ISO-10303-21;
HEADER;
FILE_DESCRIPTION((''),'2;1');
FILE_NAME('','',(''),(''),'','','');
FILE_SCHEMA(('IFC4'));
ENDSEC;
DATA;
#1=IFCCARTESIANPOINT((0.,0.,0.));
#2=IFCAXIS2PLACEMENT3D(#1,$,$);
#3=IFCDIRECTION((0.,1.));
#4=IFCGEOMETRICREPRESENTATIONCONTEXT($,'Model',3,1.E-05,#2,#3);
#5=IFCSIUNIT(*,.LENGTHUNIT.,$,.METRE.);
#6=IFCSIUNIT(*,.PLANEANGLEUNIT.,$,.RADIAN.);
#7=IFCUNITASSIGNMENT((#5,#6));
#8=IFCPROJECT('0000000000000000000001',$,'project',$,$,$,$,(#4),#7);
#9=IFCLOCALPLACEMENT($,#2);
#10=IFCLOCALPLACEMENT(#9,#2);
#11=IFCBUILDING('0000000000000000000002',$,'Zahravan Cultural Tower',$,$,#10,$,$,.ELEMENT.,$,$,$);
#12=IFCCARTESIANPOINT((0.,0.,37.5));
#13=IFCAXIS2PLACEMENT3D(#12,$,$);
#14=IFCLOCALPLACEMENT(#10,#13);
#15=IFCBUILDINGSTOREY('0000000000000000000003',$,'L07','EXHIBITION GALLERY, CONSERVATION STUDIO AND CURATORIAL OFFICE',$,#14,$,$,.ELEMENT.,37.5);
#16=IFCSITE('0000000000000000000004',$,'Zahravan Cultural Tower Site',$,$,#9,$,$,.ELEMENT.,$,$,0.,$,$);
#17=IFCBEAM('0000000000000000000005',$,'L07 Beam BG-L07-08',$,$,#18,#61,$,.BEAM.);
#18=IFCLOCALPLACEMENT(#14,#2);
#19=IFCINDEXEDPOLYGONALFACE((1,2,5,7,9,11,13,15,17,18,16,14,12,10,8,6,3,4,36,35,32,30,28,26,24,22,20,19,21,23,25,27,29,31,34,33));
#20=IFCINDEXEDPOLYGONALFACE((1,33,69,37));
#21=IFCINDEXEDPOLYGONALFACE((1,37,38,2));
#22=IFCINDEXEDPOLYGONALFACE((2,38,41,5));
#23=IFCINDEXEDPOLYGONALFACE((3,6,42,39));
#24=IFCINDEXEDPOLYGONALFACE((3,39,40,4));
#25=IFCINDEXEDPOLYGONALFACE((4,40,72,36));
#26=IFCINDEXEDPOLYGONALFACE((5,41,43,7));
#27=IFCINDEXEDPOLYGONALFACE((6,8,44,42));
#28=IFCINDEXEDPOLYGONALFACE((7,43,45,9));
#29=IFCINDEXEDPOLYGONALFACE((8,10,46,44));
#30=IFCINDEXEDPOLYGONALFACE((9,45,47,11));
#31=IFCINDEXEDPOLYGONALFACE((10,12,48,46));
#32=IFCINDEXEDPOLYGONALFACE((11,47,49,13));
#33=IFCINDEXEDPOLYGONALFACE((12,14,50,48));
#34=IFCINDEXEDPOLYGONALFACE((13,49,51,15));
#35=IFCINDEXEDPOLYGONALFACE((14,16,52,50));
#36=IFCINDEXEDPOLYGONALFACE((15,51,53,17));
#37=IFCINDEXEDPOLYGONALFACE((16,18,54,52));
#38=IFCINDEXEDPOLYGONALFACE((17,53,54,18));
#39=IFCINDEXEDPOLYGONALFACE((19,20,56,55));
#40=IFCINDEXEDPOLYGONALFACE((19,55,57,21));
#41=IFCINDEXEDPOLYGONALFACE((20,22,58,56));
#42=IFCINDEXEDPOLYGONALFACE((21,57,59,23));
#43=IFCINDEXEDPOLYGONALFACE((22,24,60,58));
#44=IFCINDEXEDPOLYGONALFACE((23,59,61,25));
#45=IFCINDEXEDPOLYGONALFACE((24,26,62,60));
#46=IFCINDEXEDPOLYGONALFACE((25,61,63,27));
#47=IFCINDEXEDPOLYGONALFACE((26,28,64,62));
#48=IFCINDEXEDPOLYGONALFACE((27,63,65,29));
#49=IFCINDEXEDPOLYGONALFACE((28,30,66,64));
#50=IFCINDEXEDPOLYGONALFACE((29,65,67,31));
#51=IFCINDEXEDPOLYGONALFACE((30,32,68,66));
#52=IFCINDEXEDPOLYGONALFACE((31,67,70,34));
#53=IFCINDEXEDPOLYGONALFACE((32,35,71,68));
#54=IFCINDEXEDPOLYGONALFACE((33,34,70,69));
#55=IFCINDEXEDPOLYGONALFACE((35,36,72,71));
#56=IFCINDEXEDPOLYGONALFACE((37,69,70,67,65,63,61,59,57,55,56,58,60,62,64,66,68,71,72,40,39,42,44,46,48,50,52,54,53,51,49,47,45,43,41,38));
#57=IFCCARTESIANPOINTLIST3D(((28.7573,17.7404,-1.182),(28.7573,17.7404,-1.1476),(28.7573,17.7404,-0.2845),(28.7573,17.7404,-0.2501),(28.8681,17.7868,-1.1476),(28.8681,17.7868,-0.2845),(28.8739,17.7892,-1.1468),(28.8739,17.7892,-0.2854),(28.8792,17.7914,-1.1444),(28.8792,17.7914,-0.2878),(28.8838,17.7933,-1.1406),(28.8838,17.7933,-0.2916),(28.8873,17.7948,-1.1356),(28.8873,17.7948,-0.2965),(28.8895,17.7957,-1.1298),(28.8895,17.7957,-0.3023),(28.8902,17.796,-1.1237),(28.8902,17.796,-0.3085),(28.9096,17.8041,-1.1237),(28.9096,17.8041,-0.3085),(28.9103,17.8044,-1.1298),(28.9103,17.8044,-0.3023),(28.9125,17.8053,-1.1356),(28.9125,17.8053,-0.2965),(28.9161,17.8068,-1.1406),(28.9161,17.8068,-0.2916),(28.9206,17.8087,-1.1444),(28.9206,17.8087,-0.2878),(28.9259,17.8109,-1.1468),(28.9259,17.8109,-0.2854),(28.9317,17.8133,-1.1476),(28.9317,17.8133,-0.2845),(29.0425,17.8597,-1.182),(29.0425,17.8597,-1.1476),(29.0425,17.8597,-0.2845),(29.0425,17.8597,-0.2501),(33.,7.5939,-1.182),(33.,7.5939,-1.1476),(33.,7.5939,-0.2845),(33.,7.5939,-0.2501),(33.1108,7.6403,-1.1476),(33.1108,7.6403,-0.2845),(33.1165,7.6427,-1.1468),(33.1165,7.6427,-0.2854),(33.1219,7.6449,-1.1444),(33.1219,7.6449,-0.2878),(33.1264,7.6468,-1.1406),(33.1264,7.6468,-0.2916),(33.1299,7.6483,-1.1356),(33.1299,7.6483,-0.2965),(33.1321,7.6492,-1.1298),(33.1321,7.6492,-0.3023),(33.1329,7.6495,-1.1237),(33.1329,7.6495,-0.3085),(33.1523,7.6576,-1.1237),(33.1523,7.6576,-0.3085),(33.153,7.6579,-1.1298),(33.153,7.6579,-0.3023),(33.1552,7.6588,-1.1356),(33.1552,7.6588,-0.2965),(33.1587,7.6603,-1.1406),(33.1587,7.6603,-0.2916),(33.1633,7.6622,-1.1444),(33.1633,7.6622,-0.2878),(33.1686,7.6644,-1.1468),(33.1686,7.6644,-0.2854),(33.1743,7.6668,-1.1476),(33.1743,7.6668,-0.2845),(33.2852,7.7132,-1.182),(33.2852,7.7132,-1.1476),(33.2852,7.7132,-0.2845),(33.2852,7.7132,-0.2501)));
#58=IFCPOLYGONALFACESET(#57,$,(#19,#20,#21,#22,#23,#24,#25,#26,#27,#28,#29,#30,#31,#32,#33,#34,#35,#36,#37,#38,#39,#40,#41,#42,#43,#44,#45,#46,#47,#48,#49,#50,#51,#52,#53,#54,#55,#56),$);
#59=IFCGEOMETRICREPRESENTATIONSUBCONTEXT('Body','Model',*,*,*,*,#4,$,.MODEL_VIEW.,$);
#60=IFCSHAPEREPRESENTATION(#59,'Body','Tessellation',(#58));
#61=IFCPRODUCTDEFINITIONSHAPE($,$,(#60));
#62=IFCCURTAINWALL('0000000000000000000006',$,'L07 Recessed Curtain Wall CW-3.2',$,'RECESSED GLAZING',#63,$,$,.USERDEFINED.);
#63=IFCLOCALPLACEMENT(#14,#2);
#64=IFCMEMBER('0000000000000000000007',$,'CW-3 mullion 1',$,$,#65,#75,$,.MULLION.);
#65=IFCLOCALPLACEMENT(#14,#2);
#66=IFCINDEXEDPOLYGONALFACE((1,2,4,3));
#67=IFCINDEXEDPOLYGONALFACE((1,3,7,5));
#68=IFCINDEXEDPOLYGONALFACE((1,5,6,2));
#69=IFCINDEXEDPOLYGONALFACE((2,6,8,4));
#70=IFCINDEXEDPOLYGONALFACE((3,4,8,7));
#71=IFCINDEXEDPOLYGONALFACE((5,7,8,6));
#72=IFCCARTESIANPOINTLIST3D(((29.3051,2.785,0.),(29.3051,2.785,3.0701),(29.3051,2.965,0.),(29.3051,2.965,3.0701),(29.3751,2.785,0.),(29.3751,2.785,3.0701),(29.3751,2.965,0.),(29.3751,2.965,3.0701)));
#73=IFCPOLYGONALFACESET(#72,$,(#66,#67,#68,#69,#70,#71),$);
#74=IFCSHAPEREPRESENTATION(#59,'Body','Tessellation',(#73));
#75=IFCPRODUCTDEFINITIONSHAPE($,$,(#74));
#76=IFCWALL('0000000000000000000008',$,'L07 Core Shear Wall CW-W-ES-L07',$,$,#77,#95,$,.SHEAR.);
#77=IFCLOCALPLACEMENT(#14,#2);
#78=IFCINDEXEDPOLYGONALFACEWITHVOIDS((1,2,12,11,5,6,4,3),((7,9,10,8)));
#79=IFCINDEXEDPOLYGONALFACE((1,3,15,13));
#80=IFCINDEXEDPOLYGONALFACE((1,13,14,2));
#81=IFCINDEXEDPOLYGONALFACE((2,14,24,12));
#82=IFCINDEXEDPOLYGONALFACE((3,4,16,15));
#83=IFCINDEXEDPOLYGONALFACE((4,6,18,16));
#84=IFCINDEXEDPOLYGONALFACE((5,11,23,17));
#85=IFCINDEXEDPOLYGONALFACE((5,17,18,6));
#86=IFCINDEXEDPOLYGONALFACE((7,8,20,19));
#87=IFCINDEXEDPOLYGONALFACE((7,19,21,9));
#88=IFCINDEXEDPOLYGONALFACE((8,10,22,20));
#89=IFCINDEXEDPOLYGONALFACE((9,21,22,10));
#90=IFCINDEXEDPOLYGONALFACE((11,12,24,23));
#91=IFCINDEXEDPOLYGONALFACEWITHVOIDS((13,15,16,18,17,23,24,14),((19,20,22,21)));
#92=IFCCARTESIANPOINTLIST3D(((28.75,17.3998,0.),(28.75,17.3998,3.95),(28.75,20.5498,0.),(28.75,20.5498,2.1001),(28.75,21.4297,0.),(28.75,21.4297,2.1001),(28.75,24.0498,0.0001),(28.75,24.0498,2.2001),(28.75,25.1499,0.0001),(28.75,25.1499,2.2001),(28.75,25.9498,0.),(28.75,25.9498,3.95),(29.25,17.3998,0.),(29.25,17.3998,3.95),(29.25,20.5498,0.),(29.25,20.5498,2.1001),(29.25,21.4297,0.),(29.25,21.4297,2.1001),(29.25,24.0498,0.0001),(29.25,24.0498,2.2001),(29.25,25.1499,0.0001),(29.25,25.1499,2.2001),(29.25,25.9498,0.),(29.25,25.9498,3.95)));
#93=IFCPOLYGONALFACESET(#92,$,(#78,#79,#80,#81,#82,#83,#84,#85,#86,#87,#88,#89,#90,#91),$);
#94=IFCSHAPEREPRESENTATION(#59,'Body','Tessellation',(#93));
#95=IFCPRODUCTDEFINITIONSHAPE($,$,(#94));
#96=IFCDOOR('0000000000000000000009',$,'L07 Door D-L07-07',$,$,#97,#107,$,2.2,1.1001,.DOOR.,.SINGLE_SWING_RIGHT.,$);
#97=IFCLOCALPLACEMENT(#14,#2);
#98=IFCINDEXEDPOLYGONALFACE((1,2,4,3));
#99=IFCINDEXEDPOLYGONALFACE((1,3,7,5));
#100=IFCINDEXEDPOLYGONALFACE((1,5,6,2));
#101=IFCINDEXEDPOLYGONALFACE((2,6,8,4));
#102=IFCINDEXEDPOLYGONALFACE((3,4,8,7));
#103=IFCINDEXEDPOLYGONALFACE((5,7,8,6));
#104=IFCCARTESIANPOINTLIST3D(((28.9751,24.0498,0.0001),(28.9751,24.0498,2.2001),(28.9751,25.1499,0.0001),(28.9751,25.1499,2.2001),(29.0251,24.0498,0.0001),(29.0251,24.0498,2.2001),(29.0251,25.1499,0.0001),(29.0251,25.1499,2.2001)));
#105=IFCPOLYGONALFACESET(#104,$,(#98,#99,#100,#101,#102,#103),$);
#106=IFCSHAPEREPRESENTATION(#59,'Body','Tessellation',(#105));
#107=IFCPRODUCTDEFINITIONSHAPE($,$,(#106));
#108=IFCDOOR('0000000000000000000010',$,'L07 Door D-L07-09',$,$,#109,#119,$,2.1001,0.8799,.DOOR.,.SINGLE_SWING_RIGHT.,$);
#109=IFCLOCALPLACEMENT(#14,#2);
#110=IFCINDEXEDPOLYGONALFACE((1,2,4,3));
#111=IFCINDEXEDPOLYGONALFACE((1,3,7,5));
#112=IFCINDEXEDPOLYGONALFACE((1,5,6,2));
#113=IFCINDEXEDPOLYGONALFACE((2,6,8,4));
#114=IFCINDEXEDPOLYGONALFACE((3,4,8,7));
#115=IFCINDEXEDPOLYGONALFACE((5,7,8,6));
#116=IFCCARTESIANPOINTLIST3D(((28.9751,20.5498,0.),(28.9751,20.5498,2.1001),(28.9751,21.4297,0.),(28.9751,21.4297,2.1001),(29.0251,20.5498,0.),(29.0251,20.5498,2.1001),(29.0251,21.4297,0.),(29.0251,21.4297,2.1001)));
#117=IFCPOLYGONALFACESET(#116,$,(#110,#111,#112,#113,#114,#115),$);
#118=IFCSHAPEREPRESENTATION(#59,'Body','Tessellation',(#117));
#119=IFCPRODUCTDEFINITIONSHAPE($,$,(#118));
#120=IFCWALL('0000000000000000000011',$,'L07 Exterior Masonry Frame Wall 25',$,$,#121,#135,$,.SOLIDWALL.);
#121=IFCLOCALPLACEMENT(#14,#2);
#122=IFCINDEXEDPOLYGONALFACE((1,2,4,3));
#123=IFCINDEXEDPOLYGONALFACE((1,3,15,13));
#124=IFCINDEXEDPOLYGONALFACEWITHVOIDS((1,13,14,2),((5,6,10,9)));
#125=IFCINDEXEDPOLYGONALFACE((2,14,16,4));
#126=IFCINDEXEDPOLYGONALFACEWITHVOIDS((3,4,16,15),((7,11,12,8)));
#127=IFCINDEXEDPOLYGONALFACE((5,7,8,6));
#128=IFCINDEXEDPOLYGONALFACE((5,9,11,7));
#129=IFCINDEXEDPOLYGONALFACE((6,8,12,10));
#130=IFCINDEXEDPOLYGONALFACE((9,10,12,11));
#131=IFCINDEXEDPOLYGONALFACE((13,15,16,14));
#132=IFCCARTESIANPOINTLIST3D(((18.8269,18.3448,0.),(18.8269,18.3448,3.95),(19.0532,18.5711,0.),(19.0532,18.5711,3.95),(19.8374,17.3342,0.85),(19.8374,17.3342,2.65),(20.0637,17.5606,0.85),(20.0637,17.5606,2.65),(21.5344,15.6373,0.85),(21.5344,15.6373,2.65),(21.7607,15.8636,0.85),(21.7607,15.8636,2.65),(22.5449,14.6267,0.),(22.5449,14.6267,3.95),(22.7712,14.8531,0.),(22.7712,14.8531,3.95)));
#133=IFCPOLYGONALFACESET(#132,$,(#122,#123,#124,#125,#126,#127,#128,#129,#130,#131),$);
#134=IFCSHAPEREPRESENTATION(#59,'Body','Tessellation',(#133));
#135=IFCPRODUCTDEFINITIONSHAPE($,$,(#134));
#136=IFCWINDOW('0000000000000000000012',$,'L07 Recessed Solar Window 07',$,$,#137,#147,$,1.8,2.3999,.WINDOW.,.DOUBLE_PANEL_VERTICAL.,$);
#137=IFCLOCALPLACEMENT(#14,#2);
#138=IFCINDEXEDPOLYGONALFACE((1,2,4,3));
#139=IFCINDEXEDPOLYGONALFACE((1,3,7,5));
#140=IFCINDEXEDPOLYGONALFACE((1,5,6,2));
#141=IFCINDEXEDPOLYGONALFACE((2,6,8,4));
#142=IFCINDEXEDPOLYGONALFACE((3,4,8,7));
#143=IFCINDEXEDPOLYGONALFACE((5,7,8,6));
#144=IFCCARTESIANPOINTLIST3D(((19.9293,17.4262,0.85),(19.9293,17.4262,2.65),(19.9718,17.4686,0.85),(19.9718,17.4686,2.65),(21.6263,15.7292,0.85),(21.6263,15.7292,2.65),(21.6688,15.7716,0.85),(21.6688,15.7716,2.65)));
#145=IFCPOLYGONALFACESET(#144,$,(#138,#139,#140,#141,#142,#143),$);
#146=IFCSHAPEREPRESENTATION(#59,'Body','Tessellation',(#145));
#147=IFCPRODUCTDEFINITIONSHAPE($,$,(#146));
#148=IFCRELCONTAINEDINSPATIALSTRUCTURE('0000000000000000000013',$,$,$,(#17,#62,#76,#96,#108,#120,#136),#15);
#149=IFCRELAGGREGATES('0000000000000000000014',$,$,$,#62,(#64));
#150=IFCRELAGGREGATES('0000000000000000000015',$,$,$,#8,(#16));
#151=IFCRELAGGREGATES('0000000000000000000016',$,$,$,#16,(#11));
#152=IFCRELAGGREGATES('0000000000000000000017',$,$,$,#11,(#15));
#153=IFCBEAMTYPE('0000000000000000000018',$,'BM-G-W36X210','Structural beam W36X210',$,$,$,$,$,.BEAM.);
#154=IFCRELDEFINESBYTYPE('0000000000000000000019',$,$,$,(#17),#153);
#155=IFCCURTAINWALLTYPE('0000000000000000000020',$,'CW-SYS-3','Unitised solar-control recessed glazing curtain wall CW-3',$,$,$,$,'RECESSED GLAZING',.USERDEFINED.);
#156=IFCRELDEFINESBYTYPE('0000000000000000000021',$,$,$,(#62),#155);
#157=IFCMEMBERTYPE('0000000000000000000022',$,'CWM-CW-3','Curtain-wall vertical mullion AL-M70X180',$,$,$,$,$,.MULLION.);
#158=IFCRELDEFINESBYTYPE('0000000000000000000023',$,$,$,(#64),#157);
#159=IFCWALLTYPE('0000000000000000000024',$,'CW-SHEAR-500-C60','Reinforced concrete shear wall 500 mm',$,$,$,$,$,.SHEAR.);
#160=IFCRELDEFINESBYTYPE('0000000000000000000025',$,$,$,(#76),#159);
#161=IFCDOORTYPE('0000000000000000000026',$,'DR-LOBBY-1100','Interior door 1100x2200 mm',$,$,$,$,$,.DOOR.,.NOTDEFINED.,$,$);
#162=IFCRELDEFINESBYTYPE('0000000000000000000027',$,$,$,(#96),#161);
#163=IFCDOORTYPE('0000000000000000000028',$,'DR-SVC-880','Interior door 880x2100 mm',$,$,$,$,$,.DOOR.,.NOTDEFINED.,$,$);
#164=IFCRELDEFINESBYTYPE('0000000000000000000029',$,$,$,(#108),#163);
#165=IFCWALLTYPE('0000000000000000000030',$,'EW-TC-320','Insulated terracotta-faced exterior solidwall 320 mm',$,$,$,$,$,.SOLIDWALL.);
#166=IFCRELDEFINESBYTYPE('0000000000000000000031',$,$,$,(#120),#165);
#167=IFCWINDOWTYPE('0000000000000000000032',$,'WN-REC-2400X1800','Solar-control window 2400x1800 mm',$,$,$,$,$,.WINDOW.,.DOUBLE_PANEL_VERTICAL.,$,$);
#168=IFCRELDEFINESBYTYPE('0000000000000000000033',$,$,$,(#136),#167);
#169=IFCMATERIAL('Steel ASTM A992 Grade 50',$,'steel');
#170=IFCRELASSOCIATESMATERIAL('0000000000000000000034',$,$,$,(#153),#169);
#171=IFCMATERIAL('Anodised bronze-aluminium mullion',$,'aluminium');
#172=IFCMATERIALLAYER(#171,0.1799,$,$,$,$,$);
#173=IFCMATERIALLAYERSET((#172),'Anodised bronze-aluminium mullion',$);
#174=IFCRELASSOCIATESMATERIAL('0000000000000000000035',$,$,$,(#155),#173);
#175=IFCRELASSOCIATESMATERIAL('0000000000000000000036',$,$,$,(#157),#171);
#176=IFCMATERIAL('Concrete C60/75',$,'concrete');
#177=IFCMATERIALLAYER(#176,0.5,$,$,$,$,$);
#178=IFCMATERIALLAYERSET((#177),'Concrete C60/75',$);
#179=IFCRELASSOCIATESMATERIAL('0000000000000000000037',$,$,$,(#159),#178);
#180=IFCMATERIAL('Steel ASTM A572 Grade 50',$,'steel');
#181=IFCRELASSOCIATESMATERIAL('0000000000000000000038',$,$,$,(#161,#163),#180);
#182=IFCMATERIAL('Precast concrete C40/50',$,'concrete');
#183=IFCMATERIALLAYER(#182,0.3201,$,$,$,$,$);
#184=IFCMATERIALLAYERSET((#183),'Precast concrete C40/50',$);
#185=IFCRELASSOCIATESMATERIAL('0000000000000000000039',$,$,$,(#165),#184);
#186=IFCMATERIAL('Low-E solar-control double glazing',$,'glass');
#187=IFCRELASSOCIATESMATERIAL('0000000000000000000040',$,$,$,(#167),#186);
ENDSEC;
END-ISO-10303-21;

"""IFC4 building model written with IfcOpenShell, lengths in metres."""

from ifc_helpers import new_model, si_unit, direction, frame, frame_2d, origin, origin_2d, place, context, subcontext, project, spatial, rectangle, i_section, extrude, source, transform, mapped, material, layer, layer_set, material_profile, profile_set, type_object, element, fill, aggregate, save


model = new_model("IFC4")

# Units and contexts
model_context = context("Model", 3, precision=1e-05, world=origin(), true_north=direction((0.0, 1.0)))
body_context = subcontext(model_context, "Body", "Model", "MODEL_VIEW")
ifc_project = project(units=[si_unit("LENGTHUNIT", "METRE"), si_unit("PLANEANGLEUNIT", "RADIAN")], contexts=[model_context])

# Site, building, storey
site_placement = place(None, origin())
site = spatial("IfcSite", under=ifc_project, at=site_placement, Name="Zahravan Cultural Tower Site", CompositionType="ELEMENT", RefElevation=0.0)
building_placement = place(site_placement, origin())
building = spatial("IfcBuilding", under=site, at=building_placement, Name="Zahravan Cultural Tower", CompositionType="ELEMENT")
storey_placement = place(building_placement, frame((0.0, 0.0, 37.5)))
storey = spatial("IfcBuildingStorey", under=building, at=storey_placement, Name="L07", Description="EXHIBITION GALLERY, CONSERVATION STUDIO AND CURATORIAL OFFICE", CompositionType="ELEMENT", Elevation=37.5)

# Shared definitions
ifc_material_1 = material(Name="Concrete C60/75", Category="concrete")

# Beam
ifc_material_2 = material(Name="Steel ASTM A992 Grade 50", Category="steel")
ifc_material_profile_1 = material_profile(ifc_material_2, i_section(OverallWidth=0.3091, OverallDepth=0.9319, WebThickness=0.021, FlangeThickness=0.0344, FilletRadius=0.0239, at=origin_2d()), Name="W36X210")
ifc_profile_set_1 = profile_set([ifc_material_profile_1], Name="Steel ASTM A992 Grade 50")
beam_type_1 = type_object("IfcBeamType", Name="BM-G-W36X210", Description="Structural beam W36X210", PredefinedType="BEAM", material=ifc_profile_set_1)
shared_shape_1 = source(origin(), body_context, "Body", "SweptSolid", [
    extrude(i_section(OverallWidth=0.3091, OverallDepth=0.9319, WebThickness=0.021, FlangeThickness=0.0344, FilletRadius=0.0239, at=origin_2d()), origin(), (0.0, 0.0, 1.0), 10.9978),
])
beam_1_placement = place(storey_placement, frame((28.8999, 17.8, -0.7161), z_axis=(0.385775, -0.922593, 0.0), x_axis=(0.922593, 0.385775, 0.0)))
element("IfcBeam", 1, at=beam_1_placement, inside=storey, type_object=beam_type_1, Name="L07 Beam BG-L07-08", PredefinedType="BEAM", context=body_context, shape_type="MappedRepresentation", body=[
    mapped(shared_shape_1, transform((0.0, 0.0, 0.0), x_axis=(1.0, 0.0, 0.0), y_axis=(0.0, 1.0, 0.0), z_axis=(0.0, 0.0, 1.0), scale=1.0)),
])

# Curtain wall, member
ifc_material_3 = material(Name="Anodised bronze-aluminium mullion", Category="aluminium")
ifc_layer_1 = layer(ifc_material_3, 0.1799)
ifc_layer_set_1 = layer_set([ifc_layer_1], Name="Anodised bronze-aluminium mullion")
curtain_wall_type = type_object("IfcCurtainWallType", Name="CW-SYS-3", Description="Unitised solar-control recessed glazing curtain wall CW-3", ElementType="RECESSED GLAZING", PredefinedType="USERDEFINED", material=ifc_layer_set_1)
curtain_wall_placement = place(storey_placement, origin())
curtain_wall = element("IfcCurtainWall", 2, at=curtain_wall_placement, inside=storey, type_object=curtain_wall_type, Name="L07 Recessed Curtain Wall CW-3.2", ObjectType="RECESSED GLAZING", PredefinedType="USERDEFINED")
ifc_material_profile_2 = material_profile(ifc_material_3, rectangle(XDim=0.0701, YDim=0.1799, at=origin_2d()), Name="AL-M70X180")
ifc_profile_set_2 = profile_set([ifc_material_profile_2], Name="Anodised bronze-aluminium mullion")
member_type = type_object("IfcMemberType", Name="CWM-CW-3", Description="Curtain-wall vertical mullion AL-M70X180", PredefinedType="MULLION", material=ifc_profile_set_2)
shared_shape_2 = source(origin(), body_context, "Body", "SweptSolid", [
    extrude(rectangle(XDim=0.0701, YDim=0.1799, at=origin_2d()), origin(), (0.0, 0.0, 1.0), 3.0701),
])
member_placement = place(storey_placement, frame((29.3401, 2.875, 0.0), z_axis=(0.0, 0.0, 1.0), x_axis=(-1.0, 0.0, 0.0)))
member = element("IfcMember", 3, at=member_placement, type_object=member_type, Name="CW-3 mullion 1", PredefinedType="MULLION", context=body_context, shape_type="MappedRepresentation", body=[
    mapped(shared_shape_2, transform((0.0, 0.0, 0.0), x_axis=(1.0, 0.0, 0.0), y_axis=(0.0, 1.0, 0.0), z_axis=(0.0, 0.0, 1.0), scale=1.0)),
])
aggregate(curtain_wall, [member])

# Wall, openings, doors
ifc_layer_2 = layer(ifc_material_1, 0.5)
ifc_layer_set_2 = layer_set([ifc_layer_2], Name="Concrete C60/75")
wall_type_1 = type_object("IfcWallType", Name="CW-SHEAR-500-C60", Description="Reinforced concrete shear wall 500 mm", PredefinedType="SHEAR", material=ifc_layer_set_2)
wall_1_placement = place(storey_placement, frame((29.0, 17.3999, 0.0), z_axis=(0.0, 0.0, 1.0), x_axis=(0.0, 1.0, 0.0)))
wall_1 = element("IfcWall", 4, at=wall_1_placement, inside=storey, type_object=wall_type_1, Name="L07 Core Shear Wall CW-W-ES-L07", PredefinedType="SHEAR", context=body_context, shape_type="SweptSolid", body=[
    extrude(rectangle(XDim=8.55, YDim=0.5, at=frame_2d((4.2749, 0.0))), origin(), (0.0, 0.0, 1.0), 3.95),
])
opening_1_placement = place(wall_1_placement, frame((6.6499, 0.0, 0.0)))
opening_1 = element("IfcOpeningElement", 5, at=opening_1_placement, cuts=wall_1, PredefinedType="OPENING", context=body_context, shape_type="SweptSolid", body=[
    extrude(rectangle(XDim=1.1001, YDim=2.2, at=frame_2d((0.55, 1.1001))), frame((0.0, 0.26, 0.0), z_axis=(0.0, -1.0, 0.0), x_axis=(1.0, 0.0, 0.0)), (0.0, 0.0, 1.0), 0.52),
])
opening_2_placement = place(wall_1_placement, frame((3.1499, 0.0, 0.0)))
opening_2 = element("IfcOpeningElement", 6, at=opening_2_placement, cuts=wall_1, PredefinedType="OPENING", context=body_context, shape_type="SweptSolid", body=[
    extrude(rectangle(XDim=0.8799, YDim=2.1001, at=frame_2d((0.4399, 1.05))), frame((0.0, 0.26, 0.0), z_axis=(0.0, -1.0, 0.0), x_axis=(1.0, 0.0, 0.0)), (0.0, 0.0, 1.0), 0.52),
])
ifc_material_4 = material(Name="Steel ASTM A572 Grade 50", Category="steel")
door_type_1 = type_object("IfcDoorType", Name="DR-LOBBY-1100", Description="Interior door 1100x2200 mm", OperationType="NOTDEFINED", PredefinedType="DOOR", material=ifc_material_4)
shared_shape_3 = source(origin(), body_context, "Body", "SweptSolid", [
    extrude(rectangle(XDim=1.1001, YDim=2.2, at=frame_2d((0.55, 1.1001))), frame((0.0, 0.0249, 0.0), z_axis=(0.0, -1.0, 0.0), x_axis=(1.0, 0.0, 0.0)), (0.0, 0.0, 1.0), 0.05),
])
door_1_placement = place(opening_1_placement, origin())
door_1 = element("IfcDoor", 7, at=door_1_placement, inside=storey, type_object=door_type_1, Name="L07 Door D-L07-07", OperationType="SINGLE_SWING_RIGHT", OverallHeight=2.2, OverallWidth=1.1001, PredefinedType="DOOR", context=body_context, shape_type="MappedRepresentation", body=[
    mapped(shared_shape_3, transform((0.0, 0.0, 0.0), x_axis=(1.0, 0.0, 0.0), y_axis=(0.0, 1.0, 0.0), z_axis=(0.0, 0.0, 1.0), scale=1.0)),
])
fill(opening_1, door_1)
door_type_2 = type_object("IfcDoorType", Name="DR-SVC-880", Description="Interior door 880x2100 mm", OperationType="NOTDEFINED", PredefinedType="DOOR", material=ifc_material_4)
shared_shape_4 = source(origin(), body_context, "Body", "SweptSolid", [
    extrude(rectangle(XDim=0.8799, YDim=2.1001, at=frame_2d((0.4399, 1.05))), frame((0.0, 0.0249, 0.0), z_axis=(0.0, -1.0, 0.0), x_axis=(1.0, 0.0, 0.0)), (0.0, 0.0, 1.0), 0.05),
])
door_2_placement = place(opening_2_placement, origin())
door_2 = element("IfcDoor", 8, at=door_2_placement, inside=storey, type_object=door_type_2, Name="L07 Door D-L07-09", OperationType="SINGLE_SWING_RIGHT", OverallHeight=2.1001, OverallWidth=0.8799, PredefinedType="DOOR", context=body_context, shape_type="MappedRepresentation", body=[
    mapped(shared_shape_4, transform((0.0, 0.0, 0.0), x_axis=(1.0, 0.0, 0.0), y_axis=(0.0, 1.0, 0.0), z_axis=(0.0, 0.0, 1.0), scale=1.0)),
])
fill(opening_2, door_2)

# Wall, opening, window
ifc_material_5 = material(Name="Precast concrete C40/50", Category="concrete")
ifc_layer_3 = layer(ifc_material_5, 0.3201)
ifc_layer_set_3 = layer_set([ifc_layer_3], Name="Precast concrete C40/50")
wall_type_2 = type_object("IfcWallType", Name="EW-TC-320", Description="Insulated terracotta-faced exterior solidwall 320 mm", PredefinedType="SOLIDWALL", material=ifc_layer_set_3)
wall_2_placement = place(storey_placement, frame((22.658, 14.74, 0.0), z_axis=(0.0, 0.0, 1.0), x_axis=(-0.707107, 0.707107, 0.0)))
wall_2 = element("IfcWall", 9, at=wall_2_placement, inside=storey, type_object=wall_type_2, Name="L07 Exterior Masonry Frame Wall 25", PredefinedType="SOLIDWALL", context=body_context, shape_type="SweptSolid", body=[
    extrude(rectangle(XDim=5.2581, YDim=0.3201, at=frame_2d((2.6289, 0.0))), origin(), (0.0, 0.0, 1.0), 3.95),
])
opening_3_placement = place(wall_2_placement, frame((1.429, 0.0, 0.8501)))
opening_3 = element("IfcOpeningElement", 10, at=opening_3_placement, cuts=wall_2, PredefinedType="OPENING", context=body_context, shape_type="SweptSolid", body=[
    extrude(rectangle(XDim=2.3999, YDim=1.8, at=frame_2d((1.2, 0.8999))), frame((0.0, 0.1699, 0.0), z_axis=(0.0, -1.0, 0.0), x_axis=(1.0, 0.0, 0.0)), (0.0, 0.0, 1.0), 0.3401),
])
ifc_material_6 = material(Name="Low-E solar-control double glazing", Category="glass")
window_type = type_object("IfcWindowType", Name="WN-REC-2400X1800", Description="Solar-control window 2400x1800 mm", PartitioningType="DOUBLE_PANEL_VERTICAL", PredefinedType="WINDOW", material=ifc_material_6)
shared_shape_5 = source(origin(), body_context, "Body", "SweptSolid", [
    extrude(rectangle(XDim=2.3999, YDim=1.8, at=frame_2d((1.2, 0.8999))), frame((0.0, 0.03, 0.0), z_axis=(0.0, -1.0, 0.0), x_axis=(1.0, 0.0, 0.0)), (0.0, 0.0, 1.0), 0.0601),
])
window_placement = place(opening_3_placement, origin())
window = element("IfcWindow", 11, at=window_placement, inside=storey, type_object=window_type, Name="L07 Recessed Solar Window 07", OverallHeight=1.8, OverallWidth=2.3999, PartitioningType="DOUBLE_PANEL_VERTICAL", PredefinedType="WINDOW", context=body_context, shape_type="MappedRepresentation", body=[
    mapped(shared_shape_5, transform((0.0, 0.0, 0.0), x_axis=(1.0, 0.0, 0.0), y_axis=(0.0, 1.0, 0.0), z_axis=(0.0, 0.0, 1.0), scale=1.0)),
])
fill(opening_3, window)

save(model, "model.ifc")
